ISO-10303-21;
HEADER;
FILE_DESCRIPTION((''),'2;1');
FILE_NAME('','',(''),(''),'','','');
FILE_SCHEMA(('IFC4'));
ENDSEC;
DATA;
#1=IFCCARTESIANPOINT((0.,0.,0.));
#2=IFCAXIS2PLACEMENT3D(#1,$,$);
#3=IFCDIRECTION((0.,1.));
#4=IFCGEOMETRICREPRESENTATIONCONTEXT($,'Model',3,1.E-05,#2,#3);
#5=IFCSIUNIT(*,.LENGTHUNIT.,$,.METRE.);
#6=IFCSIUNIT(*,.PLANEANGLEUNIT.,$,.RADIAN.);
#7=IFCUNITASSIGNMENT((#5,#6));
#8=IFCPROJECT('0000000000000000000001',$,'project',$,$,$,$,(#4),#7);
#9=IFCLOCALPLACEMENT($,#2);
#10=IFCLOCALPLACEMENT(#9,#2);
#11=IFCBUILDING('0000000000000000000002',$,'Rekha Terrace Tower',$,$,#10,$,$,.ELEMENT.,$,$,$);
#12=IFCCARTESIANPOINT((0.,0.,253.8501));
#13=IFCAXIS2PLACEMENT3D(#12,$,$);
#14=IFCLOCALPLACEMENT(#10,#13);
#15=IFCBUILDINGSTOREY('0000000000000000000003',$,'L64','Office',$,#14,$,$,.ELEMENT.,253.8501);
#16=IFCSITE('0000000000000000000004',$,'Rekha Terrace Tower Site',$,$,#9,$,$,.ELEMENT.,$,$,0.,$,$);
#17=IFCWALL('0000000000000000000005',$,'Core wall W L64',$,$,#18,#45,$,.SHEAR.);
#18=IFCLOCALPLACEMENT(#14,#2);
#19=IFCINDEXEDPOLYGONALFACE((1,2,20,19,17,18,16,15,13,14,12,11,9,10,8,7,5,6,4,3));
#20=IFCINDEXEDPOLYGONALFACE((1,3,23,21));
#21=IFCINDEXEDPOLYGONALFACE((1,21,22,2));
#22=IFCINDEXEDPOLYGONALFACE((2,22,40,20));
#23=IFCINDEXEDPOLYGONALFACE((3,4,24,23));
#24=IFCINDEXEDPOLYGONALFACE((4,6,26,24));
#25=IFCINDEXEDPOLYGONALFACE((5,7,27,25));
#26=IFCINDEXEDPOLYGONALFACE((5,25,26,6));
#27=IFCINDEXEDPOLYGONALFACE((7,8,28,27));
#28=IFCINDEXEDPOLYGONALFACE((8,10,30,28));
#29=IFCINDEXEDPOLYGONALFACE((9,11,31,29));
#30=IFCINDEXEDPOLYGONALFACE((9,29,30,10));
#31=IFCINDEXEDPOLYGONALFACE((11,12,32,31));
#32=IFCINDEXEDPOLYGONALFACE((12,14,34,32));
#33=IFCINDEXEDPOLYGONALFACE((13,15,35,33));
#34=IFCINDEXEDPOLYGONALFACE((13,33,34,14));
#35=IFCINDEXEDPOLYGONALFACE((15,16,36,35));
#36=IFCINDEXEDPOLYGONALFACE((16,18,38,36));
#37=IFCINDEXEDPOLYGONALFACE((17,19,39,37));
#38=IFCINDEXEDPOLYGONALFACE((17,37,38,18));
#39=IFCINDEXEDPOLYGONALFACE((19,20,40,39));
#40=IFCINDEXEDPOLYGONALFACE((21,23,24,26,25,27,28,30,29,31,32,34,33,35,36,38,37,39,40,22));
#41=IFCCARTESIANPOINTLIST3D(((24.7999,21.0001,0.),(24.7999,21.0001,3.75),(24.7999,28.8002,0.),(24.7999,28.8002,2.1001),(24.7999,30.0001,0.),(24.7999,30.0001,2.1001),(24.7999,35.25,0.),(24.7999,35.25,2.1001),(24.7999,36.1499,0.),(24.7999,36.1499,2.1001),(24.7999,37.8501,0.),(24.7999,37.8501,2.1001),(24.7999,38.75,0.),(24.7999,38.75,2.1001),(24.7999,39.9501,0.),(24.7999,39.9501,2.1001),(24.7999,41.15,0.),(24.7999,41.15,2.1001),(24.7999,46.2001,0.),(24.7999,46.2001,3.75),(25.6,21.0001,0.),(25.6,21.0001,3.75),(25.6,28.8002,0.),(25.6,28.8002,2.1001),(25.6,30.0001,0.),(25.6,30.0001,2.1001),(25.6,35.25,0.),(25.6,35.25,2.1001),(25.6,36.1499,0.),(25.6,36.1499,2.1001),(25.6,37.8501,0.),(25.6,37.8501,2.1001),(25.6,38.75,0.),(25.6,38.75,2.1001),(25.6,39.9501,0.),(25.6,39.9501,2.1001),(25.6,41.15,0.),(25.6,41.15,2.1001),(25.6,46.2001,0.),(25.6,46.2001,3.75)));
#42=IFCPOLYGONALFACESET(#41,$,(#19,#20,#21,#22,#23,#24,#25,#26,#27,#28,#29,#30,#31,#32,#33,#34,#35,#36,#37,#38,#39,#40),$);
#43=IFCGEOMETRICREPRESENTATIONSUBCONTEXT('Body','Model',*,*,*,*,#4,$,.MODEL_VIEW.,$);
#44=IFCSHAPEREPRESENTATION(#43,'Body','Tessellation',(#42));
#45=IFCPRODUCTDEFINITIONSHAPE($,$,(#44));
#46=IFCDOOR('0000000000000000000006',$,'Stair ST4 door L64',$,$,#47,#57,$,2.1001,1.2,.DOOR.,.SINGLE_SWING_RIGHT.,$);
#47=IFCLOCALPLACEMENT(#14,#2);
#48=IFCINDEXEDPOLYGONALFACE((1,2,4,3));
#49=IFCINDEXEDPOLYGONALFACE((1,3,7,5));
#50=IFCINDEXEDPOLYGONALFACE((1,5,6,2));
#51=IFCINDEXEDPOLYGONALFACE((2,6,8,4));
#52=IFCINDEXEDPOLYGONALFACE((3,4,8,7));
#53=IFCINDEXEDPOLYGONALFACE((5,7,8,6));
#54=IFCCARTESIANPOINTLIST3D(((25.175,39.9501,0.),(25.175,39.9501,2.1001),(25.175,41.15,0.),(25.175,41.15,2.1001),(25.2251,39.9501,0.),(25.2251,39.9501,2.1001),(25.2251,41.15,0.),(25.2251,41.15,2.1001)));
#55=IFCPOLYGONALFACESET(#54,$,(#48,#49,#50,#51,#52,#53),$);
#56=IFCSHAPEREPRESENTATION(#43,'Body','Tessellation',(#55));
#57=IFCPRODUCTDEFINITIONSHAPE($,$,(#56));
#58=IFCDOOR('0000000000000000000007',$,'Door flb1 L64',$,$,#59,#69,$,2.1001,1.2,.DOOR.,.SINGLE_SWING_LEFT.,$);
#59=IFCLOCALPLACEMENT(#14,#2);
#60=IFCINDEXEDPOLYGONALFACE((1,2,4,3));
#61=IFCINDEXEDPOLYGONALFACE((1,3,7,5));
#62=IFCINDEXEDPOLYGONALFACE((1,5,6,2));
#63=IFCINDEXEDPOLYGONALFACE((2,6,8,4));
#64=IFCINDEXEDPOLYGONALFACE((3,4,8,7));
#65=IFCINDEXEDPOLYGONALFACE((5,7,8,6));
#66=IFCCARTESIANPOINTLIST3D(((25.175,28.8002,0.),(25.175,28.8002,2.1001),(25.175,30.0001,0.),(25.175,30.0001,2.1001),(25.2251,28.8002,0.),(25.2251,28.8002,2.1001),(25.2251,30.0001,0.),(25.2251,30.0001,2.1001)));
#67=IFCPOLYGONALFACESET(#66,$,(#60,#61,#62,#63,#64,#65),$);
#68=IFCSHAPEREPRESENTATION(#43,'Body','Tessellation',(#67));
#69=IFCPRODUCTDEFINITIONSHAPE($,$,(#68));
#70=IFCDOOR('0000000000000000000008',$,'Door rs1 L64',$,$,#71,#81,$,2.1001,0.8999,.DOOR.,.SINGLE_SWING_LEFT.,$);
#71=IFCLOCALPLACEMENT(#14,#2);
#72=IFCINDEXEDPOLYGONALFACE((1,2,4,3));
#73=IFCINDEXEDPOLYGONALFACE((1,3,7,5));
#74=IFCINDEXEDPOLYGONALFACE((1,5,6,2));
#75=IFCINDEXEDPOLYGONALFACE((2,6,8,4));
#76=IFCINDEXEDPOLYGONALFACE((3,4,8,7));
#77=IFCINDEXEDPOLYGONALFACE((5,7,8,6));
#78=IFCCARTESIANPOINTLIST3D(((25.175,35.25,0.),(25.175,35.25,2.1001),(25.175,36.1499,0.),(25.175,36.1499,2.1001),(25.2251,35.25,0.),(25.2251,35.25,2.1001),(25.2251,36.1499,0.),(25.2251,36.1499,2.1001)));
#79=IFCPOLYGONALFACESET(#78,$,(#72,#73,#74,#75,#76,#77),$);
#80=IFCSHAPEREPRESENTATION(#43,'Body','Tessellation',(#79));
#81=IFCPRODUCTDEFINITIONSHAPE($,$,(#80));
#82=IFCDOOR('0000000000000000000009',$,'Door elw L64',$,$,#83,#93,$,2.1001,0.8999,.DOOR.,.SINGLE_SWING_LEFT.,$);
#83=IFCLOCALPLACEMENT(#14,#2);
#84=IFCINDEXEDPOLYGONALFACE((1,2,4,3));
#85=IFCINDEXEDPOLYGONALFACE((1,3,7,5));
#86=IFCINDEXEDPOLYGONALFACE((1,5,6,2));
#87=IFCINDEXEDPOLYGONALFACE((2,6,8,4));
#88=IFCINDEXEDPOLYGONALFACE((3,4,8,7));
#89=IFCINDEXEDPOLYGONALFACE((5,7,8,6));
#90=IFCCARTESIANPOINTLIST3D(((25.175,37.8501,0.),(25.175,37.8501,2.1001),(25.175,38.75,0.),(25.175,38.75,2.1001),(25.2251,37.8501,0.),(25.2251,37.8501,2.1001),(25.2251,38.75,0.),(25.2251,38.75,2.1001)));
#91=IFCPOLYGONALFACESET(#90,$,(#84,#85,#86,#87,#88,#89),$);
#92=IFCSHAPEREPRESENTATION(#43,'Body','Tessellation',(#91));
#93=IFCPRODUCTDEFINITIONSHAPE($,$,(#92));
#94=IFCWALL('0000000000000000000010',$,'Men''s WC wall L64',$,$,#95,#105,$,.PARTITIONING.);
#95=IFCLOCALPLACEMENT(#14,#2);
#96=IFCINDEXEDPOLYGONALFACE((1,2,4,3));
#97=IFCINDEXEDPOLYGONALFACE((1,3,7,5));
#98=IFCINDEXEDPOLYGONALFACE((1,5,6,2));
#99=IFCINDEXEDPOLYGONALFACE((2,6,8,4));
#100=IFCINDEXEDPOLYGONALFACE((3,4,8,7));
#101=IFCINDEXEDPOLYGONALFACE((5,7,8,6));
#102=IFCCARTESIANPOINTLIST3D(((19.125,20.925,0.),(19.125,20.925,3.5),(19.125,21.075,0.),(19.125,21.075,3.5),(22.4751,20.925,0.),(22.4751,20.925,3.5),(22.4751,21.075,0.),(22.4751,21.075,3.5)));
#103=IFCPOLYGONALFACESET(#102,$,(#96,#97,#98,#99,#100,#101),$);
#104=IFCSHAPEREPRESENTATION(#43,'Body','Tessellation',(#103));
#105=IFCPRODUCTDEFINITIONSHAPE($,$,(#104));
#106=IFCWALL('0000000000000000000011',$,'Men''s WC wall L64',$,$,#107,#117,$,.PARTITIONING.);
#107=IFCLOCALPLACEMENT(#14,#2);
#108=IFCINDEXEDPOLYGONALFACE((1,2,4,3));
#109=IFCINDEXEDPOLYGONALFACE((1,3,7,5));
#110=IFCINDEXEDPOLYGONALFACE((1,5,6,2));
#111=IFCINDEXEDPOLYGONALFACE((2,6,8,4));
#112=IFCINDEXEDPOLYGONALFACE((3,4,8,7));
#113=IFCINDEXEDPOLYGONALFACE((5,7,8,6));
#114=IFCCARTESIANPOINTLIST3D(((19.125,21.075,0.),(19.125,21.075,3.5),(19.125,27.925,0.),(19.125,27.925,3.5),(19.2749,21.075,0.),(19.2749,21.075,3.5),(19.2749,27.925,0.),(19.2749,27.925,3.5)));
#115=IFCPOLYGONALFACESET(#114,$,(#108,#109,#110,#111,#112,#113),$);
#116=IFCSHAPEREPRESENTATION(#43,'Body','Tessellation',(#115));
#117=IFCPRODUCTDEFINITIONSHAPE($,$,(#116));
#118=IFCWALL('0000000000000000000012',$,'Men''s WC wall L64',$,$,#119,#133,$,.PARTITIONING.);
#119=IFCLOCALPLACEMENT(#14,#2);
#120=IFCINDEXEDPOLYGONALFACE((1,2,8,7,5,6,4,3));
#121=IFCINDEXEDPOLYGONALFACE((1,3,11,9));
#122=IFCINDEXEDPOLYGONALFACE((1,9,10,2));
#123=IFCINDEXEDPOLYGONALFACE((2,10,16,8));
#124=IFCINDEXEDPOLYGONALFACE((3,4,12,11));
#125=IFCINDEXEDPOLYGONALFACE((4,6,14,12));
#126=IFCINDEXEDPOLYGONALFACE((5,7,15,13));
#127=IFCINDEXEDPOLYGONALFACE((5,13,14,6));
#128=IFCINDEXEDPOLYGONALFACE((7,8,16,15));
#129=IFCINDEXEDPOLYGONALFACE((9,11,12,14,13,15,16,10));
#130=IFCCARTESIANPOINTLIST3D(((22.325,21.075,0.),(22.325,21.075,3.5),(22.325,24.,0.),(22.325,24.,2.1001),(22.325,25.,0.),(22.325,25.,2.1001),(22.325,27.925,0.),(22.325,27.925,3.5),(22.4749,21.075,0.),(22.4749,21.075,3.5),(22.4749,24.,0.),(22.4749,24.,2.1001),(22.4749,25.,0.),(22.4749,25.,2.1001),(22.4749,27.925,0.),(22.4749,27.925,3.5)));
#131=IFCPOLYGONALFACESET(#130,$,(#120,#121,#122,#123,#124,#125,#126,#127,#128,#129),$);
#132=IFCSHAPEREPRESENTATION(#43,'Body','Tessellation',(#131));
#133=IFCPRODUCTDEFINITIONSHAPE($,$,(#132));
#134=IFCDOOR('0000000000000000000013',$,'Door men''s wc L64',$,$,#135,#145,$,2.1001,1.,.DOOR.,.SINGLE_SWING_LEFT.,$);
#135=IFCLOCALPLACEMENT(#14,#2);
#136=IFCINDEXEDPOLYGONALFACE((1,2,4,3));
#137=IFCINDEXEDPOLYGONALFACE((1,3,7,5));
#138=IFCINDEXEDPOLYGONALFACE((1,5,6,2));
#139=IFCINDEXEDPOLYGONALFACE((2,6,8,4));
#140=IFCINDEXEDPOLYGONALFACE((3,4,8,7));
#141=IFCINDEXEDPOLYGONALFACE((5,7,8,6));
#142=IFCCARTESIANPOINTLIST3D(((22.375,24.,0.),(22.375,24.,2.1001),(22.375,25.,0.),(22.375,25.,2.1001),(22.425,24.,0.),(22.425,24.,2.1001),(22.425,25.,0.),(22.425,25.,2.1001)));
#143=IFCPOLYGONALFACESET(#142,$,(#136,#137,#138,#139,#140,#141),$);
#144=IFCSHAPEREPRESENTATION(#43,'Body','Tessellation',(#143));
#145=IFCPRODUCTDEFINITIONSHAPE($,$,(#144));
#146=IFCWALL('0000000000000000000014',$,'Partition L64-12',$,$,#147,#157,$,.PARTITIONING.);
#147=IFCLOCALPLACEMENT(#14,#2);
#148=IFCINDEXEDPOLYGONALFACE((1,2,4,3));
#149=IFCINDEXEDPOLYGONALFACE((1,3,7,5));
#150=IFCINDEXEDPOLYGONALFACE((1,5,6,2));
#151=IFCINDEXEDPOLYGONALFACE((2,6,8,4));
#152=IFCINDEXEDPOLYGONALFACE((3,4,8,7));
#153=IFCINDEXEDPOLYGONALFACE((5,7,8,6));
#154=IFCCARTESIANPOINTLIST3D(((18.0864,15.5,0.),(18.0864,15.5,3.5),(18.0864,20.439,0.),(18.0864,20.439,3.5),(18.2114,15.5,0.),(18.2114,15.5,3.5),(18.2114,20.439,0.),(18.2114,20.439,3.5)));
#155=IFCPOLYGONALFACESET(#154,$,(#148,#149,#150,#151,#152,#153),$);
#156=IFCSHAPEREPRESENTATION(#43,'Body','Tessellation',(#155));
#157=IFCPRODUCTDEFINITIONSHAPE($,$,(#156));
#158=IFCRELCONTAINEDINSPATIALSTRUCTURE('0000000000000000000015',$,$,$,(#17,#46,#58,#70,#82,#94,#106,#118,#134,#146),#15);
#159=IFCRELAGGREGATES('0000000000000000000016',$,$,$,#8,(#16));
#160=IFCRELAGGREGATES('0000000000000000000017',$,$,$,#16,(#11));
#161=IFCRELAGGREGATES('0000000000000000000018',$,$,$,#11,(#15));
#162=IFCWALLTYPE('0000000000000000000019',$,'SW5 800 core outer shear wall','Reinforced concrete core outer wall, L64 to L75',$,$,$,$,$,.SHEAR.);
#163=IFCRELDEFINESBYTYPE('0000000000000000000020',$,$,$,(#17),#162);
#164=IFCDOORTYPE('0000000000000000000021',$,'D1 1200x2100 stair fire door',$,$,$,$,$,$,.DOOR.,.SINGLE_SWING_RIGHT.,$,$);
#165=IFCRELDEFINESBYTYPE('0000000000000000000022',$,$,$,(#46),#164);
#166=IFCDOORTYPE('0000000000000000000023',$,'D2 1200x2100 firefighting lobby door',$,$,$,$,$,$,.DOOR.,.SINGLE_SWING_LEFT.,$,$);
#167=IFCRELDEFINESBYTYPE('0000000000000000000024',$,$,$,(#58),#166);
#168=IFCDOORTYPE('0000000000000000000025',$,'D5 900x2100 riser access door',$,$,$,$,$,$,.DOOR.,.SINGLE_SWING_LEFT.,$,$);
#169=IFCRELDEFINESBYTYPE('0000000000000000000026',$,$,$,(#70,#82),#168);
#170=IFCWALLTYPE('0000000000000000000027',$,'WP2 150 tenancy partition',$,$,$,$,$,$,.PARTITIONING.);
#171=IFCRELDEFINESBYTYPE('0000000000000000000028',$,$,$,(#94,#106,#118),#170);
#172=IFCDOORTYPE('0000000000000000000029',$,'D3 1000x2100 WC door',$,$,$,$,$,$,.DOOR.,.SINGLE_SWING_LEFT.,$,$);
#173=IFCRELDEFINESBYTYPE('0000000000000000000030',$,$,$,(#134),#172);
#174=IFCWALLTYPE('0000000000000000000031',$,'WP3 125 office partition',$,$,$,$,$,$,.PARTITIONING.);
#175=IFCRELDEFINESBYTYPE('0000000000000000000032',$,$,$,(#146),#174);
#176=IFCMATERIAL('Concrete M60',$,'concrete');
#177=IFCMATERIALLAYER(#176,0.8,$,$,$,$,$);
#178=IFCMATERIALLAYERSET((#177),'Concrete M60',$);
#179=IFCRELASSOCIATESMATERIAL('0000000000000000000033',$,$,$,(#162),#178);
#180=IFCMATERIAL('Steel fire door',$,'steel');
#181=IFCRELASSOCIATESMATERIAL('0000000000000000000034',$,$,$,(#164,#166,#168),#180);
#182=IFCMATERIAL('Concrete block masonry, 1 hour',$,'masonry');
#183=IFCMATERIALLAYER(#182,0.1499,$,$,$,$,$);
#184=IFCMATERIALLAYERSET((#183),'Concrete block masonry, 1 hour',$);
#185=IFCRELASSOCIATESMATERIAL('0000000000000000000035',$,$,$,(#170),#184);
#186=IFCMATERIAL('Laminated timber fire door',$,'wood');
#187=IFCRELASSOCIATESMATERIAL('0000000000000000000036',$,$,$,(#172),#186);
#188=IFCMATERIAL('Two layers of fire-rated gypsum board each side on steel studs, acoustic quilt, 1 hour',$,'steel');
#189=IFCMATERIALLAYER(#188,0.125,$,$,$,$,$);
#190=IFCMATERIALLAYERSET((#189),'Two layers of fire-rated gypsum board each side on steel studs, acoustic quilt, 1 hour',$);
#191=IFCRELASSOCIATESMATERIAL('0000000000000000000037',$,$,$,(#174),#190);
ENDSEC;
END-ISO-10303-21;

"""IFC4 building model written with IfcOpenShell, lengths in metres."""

from ifc_helpers import new_model, si_unit, direction, frame, frame_2d, origin, place, context, subcontext, project, spatial, rectangle, extrude, material, layer, layer_set, type_object, element, fill, save


model = new_model("IFC4")

# Units and contexts
model_context = context("Model", 3, precision=1e-05, world=origin(), true_north=direction((0.0, 1.0)))
body_context = subcontext(model_context, "Body", "Model", "MODEL_VIEW")
ifc_project = project(units=[si_unit("LENGTHUNIT", "METRE"), si_unit("PLANEANGLEUNIT", "RADIAN")], contexts=[model_context])

# Site, building, storey
site_placement = place(None, origin())
site = spatial("IfcSite", under=ifc_project, at=site_placement, Name="Rekha Terrace Tower Site", CompositionType="ELEMENT", RefElevation=0.0)
building_placement = place(site_placement, origin())
building = spatial("IfcBuilding", under=site, at=building_placement, Name="Rekha Terrace Tower", CompositionType="ELEMENT")
storey_placement = place(building_placement, frame((0.0, 0.0, 253.8501)))
storey = spatial("IfcBuildingStorey", under=building, at=storey_placement, Name="L64", Description="Office", CompositionType="ELEMENT", Elevation=253.8501)

# Shared definitions
ifc_material_1 = material(Name="Concrete M60", Category="concrete")
ifc_layer_1 = layer(ifc_material_1, 0.8)
ifc_layer_set_1 = layer_set([ifc_layer_1], Name="Concrete M60")
wall_type_1 = type_object("IfcWallType", Name="SW5 800 core outer shear wall", Description="Reinforced concrete core outer wall, L64 to L75", PredefinedType="SHEAR", material=ifc_layer_set_1)

# Wall, openings, doors
wall_1_placement = place(storey_placement, frame((25.2, 21.0, 0.0), z_axis=(0.0, 0.0, 1.0), x_axis=(0.0, 1.0, 0.0)))
wall_1 = element("IfcWall", 1, at=wall_1_placement, inside=storey, type_object=wall_type_1, Name="Core wall W L64", PredefinedType="SHEAR", context=body_context, shape_type="SweptSolid", body=[
    extrude(rectangle(XDim=25.2, YDim=0.8, at=frame_2d((12.6001, 0.0))), origin(), (0.0, 0.0, 1.0), 3.75),
])
opening_1_placement = place(wall_1_placement, frame((7.8, 0.0, 0.0)))
opening_1 = element("IfcOpeningElement", 2, at=opening_1_placement, cuts=wall_1, PredefinedType="OPENING", context=body_context, shape_type="SweptSolid", body=[
    extrude(rectangle(XDim=1.2, YDim=2.1001, at=frame_2d((0.6001, 1.05))), frame((0.0, 0.4099, 0.0), z_axis=(0.0, -1.0, 0.0), x_axis=(1.0, 0.0, 0.0)), (0.0, 0.0, 1.0), 0.8201),
])
opening_2_placement = place(wall_1_placement, frame((14.25, 0.0, 0.0)))
opening_2 = element("IfcOpeningElement", 3, at=opening_2_placement, cuts=wall_1, PredefinedType="OPENING", context=body_context, shape_type="SweptSolid", body=[
    extrude(rectangle(XDim=0.8999, YDim=2.1001, at=frame_2d((0.45, 1.05))), frame((0.0, 0.4099, 0.0), z_axis=(0.0, -1.0, 0.0), x_axis=(1.0, 0.0, 0.0)), (0.0, 0.0, 1.0), 0.8201),
])
opening_3_placement = place(wall_1_placement, frame((16.8501, 0.0, 0.0)))
opening_3 = element("IfcOpeningElement", 4, at=opening_3_placement, cuts=wall_1, PredefinedType="OPENING", context=body_context, shape_type="SweptSolid", body=[
    extrude(rectangle(XDim=0.8999, YDim=2.1001, at=frame_2d((0.45, 1.05))), frame((0.0, 0.4099, 0.0), z_axis=(0.0, -1.0, 0.0), x_axis=(1.0, 0.0, 0.0)), (0.0, 0.0, 1.0), 0.8201),
])
opening_4_placement = place(wall_1_placement, frame((18.95, 0.0, 0.0)))
opening_4 = element("IfcOpeningElement", 5, at=opening_4_placement, cuts=wall_1, PredefinedType="OPENING", context=body_context, shape_type="SweptSolid", body=[
    extrude(rectangle(XDim=1.2, YDim=2.1001, at=frame_2d((0.6001, 1.05))), frame((0.0, 0.4099, 0.0), z_axis=(0.0, -1.0, 0.0), x_axis=(1.0, 0.0, 0.0)), (0.0, 0.0, 1.0), 0.8201),
])
ifc_material_2 = material(Name="Steel fire door", Category="steel")
door_type_1 = type_object("IfcDoorType", Name="D1 1200x2100 stair fire door", OperationType="SINGLE_SWING_RIGHT", PredefinedType="DOOR", material=ifc_material_2)
door_1_placement = place(opening_4_placement, origin())
door_1 = element("IfcDoor", 6, at=door_1_placement, inside=storey, type_object=door_type_1, Name="Stair ST4 door L64", OperationType="SINGLE_SWING_RIGHT", OverallHeight=2.1001, OverallWidth=1.2, PredefinedType="DOOR", context=body_context, shape_type="SweptSolid", body=[
    extrude(rectangle(XDim=1.2, YDim=2.1001, at=frame_2d((0.6001, 1.05))), frame((0.0, 0.0249, 0.0), z_axis=(0.0, -1.0, 0.0), x_axis=(1.0, 0.0, 0.0)), (0.0, 0.0, 1.0), 0.05),
])
fill(opening_4, door_1)
door_type_2 = type_object("IfcDoorType", Name="D2 1200x2100 firefighting lobby door", OperationType="SINGLE_SWING_LEFT", PredefinedType="DOOR", material=ifc_material_2)
door_2_placement = place(opening_1_placement, origin())
door_2 = element("IfcDoor", 7, at=door_2_placement, inside=storey, type_object=door_type_2, Name="Door flb1 L64", OperationType="SINGLE_SWING_LEFT", OverallHeight=2.1001, OverallWidth=1.2, PredefinedType="DOOR", context=body_context, shape_type="SweptSolid", body=[
    extrude(rectangle(XDim=1.2, YDim=2.1001, at=frame_2d((0.6001, 1.05))), frame((0.0, 0.0249, 0.0), z_axis=(0.0, -1.0, 0.0), x_axis=(1.0, 0.0, 0.0)), (0.0, 0.0, 1.0), 0.05),
])
fill(opening_1, door_2)
door_type_3 = type_object("IfcDoorType", Name="D5 900x2100 riser access door", OperationType="SINGLE_SWING_LEFT", PredefinedType="DOOR", material=ifc_material_2)
door_3_placement = place(opening_2_placement, origin())
door_3 = element("IfcDoor", 8, at=door_3_placement, inside=storey, type_object=door_type_3, Name="Door rs1 L64", OperationType="SINGLE_SWING_LEFT", OverallHeight=2.1001, OverallWidth=0.8999, PredefinedType="DOOR", context=body_context, shape_type="SweptSolid", body=[
    extrude(rectangle(XDim=0.8999, YDim=2.1001, at=frame_2d((0.45, 1.05))), frame((0.0, 0.0249, 0.0), z_axis=(0.0, -1.0, 0.0), x_axis=(1.0, 0.0, 0.0)), (0.0, 0.0, 1.0), 0.05),
])
fill(opening_2, door_3)
door_4_placement = place(opening_3_placement, origin())
door_4 = element("IfcDoor", 9, at=door_4_placement, inside=storey, type_object=door_type_3, Name="Door elw L64", OperationType="SINGLE_SWING_LEFT", OverallHeight=2.1001, OverallWidth=0.8999, PredefinedType="DOOR", context=body_context, shape_type="SweptSolid", body=[
    extrude(rectangle(XDim=0.8999, YDim=2.1001, at=frame_2d((0.45, 1.05))), frame((0.0, 0.0249, 0.0), z_axis=(0.0, -1.0, 0.0), x_axis=(1.0, 0.0, 0.0)), (0.0, 0.0, 1.0), 0.05),
])
fill(opening_3, door_4)

# Walls
ifc_material_3 = material(Name="Concrete block masonry, 1 hour", Category="masonry")
ifc_layer_2 = layer(ifc_material_3, 0.1499)
ifc_layer_set_2 = layer_set([ifc_layer_2], Name="Concrete block masonry, 1 hour")
wall_type_2 = type_object("IfcWallType", Name="WP2 150 tenancy partition", PredefinedType="PARTITIONING", material=ifc_layer_set_2)
wall_2_placement = place(storey_placement, frame((19.125, 21.0, 0.0), z_axis=(0.0, 0.0, 1.0), x_axis=(1.0, 0.0, 0.0)))
element("IfcWall", 10, at=wall_2_placement, inside=storey, type_object=wall_type_2, Name="Men's WC wall L64", PredefinedType="PARTITIONING", context=body_context, shape_type="SweptSolid", body=[
    extrude(rectangle(XDim=3.3501, YDim=0.1499, at=frame_2d((1.675, 0.0))), origin(), (0.0, 0.0, 1.0), 3.5),
])
wall_3_placement = place(storey_placement, frame((19.2, 21.075, 0.0), z_axis=(0.0, 0.0, 1.0), x_axis=(0.0, 1.0, 0.0)))
element("IfcWall", 11, at=wall_3_placement, inside=storey, type_object=wall_type_2, Name="Men's WC wall L64", PredefinedType="PARTITIONING", context=body_context, shape_type="SweptSolid", body=[
    extrude(rectangle(XDim=6.8501, YDim=0.1499, at=frame_2d((3.425, 0.0))), origin(), (0.0, 0.0, 1.0), 3.5),
])

# Wall, opening, door
wall_4_placement = place(storey_placement, frame((22.3999, 21.075, 0.0), z_axis=(0.0, 0.0, 1.0), x_axis=(0.0, 1.0, 0.0)))
wall_4 = element("IfcWall", 12, at=wall_4_placement, inside=storey, type_object=wall_type_2, Name="Men's WC wall L64", PredefinedType="PARTITIONING", context=body_context, shape_type="SweptSolid", body=[
    extrude(rectangle(XDim=6.8501, YDim=0.1499, at=frame_2d((3.425, 0.0))), origin(), (0.0, 0.0, 1.0), 3.5),
])
opening_5_placement = place(wall_4_placement, frame((2.925, 0.0, 0.0)))
opening_5 = element("IfcOpeningElement", 13, at=opening_5_placement, cuts=wall_4, PredefinedType="OPENING", context=body_context, shape_type="SweptSolid", body=[
    extrude(rectangle(XDim=1.0, YDim=2.1001, at=frame_2d((0.5, 1.05))), frame((0.0, 0.085, 0.0), z_axis=(0.0, -1.0, 0.0), x_axis=(1.0, 0.0, 0.0)), (0.0, 0.0, 1.0), 0.1699),
])
ifc_material_4 = material(Name="Laminated timber fire door", Category="wood")
door_type_4 = type_object("IfcDoorType", Name="D3 1000x2100 WC door", OperationType="SINGLE_SWING_LEFT", PredefinedType="DOOR", material=ifc_material_4)
door_5_placement = place(opening_5_placement, origin())
door_5 = element("IfcDoor", 14, at=door_5_placement, inside=storey, type_object=door_type_4, Name="Door men's wc L64", OperationType="SINGLE_SWING_LEFT", OverallHeight=2.1001, OverallWidth=1.0, PredefinedType="DOOR", context=body_context, shape_type="SweptSolid", body=[
    extrude(rectangle(XDim=1.0, YDim=2.1001, at=frame_2d((0.5, 1.05))), frame((0.0, 0.0249, 0.0), z_axis=(0.0, -1.0, 0.0), x_axis=(1.0, 0.0, 0.0)), (0.0, 0.0, 1.0), 0.05),
])
fill(opening_5, door_5)

# Wall
ifc_material_5 = material(Name="Two layers of fire-rated gypsum board each side on steel studs, acoustic quilt, 1 hour", Category="steel")
ifc_layer_3 = layer(ifc_material_5, 0.125)
ifc_layer_set_3 = layer_set([ifc_layer_3], Name="Two layers of fire-rated gypsum board each side on steel studs, acoustic quilt, 1 hour")
wall_type_3 = type_object("IfcWallType", Name="WP3 125 office partition", PredefinedType="PARTITIONING", material=ifc_layer_set_3)
wall_5_placement = place(storey_placement, frame((18.1489, 20.439, 0.0), z_axis=(0.0, 0.0, 1.0), x_axis=(0.0, -1.0, 0.0)))
element("IfcWall", 15, at=wall_5_placement, inside=storey, type_object=wall_type_3, Name="Partition L64-12", PredefinedType="PARTITIONING", context=body_context, shape_type="SweptSolid", body=[
    extrude(rectangle(XDim=4.939, YDim=0.125, at=frame_2d((2.4695, 0.0))), origin(), (0.0, 0.0, 1.0), 3.5),
])

save(model, "model.ifc")
